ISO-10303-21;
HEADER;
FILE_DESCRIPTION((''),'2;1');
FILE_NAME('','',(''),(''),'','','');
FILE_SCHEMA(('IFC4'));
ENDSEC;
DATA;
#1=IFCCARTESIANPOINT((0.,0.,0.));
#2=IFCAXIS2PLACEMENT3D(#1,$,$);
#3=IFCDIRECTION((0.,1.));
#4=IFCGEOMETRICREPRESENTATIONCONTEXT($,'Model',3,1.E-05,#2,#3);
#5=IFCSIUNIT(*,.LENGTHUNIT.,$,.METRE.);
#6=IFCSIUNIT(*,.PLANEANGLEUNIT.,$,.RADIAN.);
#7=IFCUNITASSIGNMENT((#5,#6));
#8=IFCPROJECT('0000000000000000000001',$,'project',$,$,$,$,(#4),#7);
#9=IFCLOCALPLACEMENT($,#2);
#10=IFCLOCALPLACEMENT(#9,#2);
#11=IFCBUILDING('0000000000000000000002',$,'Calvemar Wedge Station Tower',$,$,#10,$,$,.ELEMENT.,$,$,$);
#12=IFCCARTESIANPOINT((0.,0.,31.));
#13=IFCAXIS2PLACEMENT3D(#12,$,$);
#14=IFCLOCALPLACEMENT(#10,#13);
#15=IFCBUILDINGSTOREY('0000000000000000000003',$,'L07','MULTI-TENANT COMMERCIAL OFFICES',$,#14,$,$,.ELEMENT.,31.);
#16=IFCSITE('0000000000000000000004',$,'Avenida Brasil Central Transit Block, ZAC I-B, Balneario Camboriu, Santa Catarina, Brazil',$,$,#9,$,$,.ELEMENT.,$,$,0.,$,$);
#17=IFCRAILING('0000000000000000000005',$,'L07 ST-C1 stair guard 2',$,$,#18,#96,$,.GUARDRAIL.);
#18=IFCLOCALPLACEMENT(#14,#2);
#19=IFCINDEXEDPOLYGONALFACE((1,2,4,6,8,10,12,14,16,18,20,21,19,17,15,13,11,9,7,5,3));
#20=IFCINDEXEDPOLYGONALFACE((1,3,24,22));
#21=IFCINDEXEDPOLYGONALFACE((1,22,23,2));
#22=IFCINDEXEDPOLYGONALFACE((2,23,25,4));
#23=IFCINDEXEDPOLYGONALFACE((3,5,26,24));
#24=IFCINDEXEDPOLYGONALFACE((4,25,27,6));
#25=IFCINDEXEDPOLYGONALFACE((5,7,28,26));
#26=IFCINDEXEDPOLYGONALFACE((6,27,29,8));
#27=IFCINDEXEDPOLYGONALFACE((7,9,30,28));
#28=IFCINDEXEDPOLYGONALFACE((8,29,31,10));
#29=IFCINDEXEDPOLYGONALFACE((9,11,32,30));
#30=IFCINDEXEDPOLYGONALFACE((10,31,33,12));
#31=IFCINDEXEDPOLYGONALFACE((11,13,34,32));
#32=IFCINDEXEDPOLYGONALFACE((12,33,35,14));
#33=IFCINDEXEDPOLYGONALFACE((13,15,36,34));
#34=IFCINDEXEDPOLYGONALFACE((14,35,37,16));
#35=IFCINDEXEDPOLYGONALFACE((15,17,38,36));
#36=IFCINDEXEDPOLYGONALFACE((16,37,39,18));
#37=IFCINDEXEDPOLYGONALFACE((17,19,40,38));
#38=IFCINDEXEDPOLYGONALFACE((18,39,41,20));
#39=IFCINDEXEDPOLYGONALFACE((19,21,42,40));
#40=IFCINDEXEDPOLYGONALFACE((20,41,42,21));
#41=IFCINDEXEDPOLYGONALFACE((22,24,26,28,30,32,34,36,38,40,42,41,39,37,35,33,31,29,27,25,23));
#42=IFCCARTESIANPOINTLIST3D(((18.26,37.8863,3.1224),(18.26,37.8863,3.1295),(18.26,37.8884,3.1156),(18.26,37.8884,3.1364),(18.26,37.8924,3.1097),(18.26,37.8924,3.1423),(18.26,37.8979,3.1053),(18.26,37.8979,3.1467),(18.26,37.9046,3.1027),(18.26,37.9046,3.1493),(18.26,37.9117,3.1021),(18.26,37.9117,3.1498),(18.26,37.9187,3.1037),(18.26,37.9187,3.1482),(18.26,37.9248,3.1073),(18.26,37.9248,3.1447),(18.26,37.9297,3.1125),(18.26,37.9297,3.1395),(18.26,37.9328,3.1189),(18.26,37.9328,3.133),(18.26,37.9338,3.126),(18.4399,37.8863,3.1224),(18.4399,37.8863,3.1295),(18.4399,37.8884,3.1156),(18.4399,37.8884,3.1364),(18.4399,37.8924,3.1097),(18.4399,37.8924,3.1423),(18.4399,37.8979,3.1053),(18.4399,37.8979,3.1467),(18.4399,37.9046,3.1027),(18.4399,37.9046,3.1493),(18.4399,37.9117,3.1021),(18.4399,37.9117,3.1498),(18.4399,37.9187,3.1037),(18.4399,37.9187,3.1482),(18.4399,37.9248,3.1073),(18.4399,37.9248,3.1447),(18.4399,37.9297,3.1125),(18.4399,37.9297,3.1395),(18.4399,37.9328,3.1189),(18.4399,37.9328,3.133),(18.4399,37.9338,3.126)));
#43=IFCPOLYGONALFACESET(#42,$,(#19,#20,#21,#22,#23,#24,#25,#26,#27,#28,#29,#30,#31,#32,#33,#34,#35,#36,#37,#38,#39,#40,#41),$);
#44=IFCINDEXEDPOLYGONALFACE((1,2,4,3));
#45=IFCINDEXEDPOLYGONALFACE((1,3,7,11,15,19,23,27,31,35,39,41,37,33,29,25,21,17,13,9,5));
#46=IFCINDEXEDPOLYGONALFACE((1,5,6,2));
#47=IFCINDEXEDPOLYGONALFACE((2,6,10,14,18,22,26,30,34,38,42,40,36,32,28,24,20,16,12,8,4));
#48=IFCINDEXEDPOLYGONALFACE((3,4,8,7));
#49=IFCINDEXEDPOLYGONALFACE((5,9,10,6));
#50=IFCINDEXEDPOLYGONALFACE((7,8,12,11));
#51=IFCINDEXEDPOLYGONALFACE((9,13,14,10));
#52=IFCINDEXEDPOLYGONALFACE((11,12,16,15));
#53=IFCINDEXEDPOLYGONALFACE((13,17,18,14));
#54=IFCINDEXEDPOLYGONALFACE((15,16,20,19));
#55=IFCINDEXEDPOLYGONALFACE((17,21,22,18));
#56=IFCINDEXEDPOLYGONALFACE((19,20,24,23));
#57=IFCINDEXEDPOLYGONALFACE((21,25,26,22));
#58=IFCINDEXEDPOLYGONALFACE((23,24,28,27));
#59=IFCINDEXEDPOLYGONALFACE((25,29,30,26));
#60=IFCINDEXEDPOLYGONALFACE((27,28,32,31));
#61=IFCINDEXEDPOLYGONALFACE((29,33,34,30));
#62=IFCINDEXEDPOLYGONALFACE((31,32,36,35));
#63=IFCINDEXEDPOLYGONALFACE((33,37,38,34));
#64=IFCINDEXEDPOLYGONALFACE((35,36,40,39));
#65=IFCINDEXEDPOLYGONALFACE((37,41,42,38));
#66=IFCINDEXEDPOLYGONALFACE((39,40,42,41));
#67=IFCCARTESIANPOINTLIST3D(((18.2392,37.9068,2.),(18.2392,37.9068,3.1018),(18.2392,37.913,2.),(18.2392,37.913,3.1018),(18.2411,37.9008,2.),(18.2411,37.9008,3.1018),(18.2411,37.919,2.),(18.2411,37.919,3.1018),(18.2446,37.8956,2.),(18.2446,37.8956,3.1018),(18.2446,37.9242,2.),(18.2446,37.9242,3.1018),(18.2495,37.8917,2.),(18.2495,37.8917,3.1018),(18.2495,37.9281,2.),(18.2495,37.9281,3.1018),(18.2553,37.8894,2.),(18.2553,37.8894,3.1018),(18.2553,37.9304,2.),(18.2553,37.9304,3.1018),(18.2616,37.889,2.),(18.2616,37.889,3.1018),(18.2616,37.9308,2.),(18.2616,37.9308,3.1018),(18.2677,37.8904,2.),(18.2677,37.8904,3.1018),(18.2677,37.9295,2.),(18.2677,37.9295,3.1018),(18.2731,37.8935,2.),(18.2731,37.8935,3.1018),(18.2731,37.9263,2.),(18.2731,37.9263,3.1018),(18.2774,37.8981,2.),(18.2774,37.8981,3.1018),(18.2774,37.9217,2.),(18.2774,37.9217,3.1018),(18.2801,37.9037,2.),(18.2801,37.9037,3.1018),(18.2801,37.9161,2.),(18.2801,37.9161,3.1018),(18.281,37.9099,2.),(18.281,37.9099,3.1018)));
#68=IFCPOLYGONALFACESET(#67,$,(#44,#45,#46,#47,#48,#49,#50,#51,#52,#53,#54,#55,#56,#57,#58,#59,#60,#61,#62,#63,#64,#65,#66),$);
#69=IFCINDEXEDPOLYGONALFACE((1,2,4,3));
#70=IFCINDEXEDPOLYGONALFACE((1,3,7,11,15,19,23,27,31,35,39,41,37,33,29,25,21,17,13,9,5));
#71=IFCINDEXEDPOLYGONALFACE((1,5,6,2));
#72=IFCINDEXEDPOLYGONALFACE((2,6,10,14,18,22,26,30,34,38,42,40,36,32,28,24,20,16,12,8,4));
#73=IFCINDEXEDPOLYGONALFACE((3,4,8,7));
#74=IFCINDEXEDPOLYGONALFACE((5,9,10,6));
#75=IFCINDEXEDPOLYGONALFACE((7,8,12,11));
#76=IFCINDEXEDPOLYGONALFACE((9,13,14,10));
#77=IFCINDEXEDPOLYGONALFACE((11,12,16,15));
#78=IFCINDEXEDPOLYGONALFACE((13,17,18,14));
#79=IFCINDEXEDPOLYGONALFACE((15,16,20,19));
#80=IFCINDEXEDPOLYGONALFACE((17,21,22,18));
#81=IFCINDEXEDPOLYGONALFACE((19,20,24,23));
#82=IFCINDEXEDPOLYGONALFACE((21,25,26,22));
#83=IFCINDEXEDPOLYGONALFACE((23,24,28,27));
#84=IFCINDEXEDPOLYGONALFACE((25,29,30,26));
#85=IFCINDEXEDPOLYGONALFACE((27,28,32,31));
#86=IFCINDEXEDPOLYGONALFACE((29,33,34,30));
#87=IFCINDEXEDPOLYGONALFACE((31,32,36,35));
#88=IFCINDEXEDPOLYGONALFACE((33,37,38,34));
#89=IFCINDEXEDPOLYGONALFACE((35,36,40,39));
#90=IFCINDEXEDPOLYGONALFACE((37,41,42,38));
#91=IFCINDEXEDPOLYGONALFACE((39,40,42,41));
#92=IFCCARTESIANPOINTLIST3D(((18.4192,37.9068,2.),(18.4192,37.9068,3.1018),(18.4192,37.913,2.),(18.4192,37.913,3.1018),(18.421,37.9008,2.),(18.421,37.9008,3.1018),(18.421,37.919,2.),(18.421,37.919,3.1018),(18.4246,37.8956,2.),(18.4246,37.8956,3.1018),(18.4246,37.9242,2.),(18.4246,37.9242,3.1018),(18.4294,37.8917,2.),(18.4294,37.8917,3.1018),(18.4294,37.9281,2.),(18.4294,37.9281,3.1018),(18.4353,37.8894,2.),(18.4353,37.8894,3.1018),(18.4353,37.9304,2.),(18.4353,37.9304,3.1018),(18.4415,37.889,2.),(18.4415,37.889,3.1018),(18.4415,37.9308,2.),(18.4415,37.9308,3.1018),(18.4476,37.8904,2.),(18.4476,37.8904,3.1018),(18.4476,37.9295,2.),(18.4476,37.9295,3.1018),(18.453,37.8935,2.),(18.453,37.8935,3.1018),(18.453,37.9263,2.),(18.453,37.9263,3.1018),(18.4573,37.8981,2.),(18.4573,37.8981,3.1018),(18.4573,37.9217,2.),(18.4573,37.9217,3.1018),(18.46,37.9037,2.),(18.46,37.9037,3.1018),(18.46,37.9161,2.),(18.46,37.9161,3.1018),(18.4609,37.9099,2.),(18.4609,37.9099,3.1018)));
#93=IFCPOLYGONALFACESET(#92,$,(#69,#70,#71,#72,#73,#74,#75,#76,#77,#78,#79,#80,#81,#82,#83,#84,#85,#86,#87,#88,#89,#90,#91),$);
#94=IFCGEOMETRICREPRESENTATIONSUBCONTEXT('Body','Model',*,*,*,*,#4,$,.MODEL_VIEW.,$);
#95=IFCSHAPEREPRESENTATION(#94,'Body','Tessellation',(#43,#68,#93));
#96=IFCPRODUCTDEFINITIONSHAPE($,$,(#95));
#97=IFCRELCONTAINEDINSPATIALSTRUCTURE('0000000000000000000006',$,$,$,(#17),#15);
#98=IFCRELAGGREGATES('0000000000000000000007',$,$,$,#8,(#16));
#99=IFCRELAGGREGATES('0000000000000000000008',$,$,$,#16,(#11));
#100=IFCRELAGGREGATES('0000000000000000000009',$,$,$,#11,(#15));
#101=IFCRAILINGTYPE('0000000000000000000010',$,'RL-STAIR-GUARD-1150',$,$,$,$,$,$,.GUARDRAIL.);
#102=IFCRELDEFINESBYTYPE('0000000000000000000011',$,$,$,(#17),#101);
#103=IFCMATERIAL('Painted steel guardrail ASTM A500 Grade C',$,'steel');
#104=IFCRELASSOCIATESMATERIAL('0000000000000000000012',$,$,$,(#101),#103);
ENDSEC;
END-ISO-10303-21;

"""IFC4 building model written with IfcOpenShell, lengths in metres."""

from ifc_helpers import new_model, si_unit, direction, frame, origin, origin_2d, place, context, subcontext, project, spatial, circle, extrude, material, type_object, element, save


model = new_model("IFC4")

# Units and contexts
model_context = context("Model", 3, precision=1e-05, world=origin(), true_north=direction((0.0, 1.0)))
body_context = subcontext(model_context, "Body", "Model", "MODEL_VIEW")
ifc_project = project(units=[si_unit("LENGTHUNIT", "METRE"), si_unit("PLANEANGLEUNIT", "RADIAN")], contexts=[model_context])

# Site, building, storey
site_placement = place(None, origin())
site = spatial("IfcSite", under=ifc_project, at=site_placement, Name="Avenida Brasil Central Transit Block, ZAC I-B, Balneario Camboriu, Santa Catarina, Brazil", CompositionType="ELEMENT", RefElevation=0.0)
building_placement = place(site_placement, origin())
building = spatial("IfcBuilding", under=site, at=building_placement, Name="Calvemar Wedge Station Tower", CompositionType="ELEMENT")
storey_placement = place(building_placement, frame((0.0, 0.0, 31.0)))
storey = spatial("IfcBuildingStorey", under=building, at=storey_placement, Name="L07", Description="MULTI-TENANT COMMERCIAL OFFICES", CompositionType="ELEMENT", Elevation=31.0)

# Railing
ifc_material_1 = material(Name="Painted steel guardrail ASTM A500 Grade C", Category="steel")
railing_type_1 = type_object("IfcRailingType", Name="RL-STAIR-GUARD-1150", PredefinedType="GUARDRAIL", material=ifc_material_1)
railing_1_placement = place(storey_placement, frame((18.26, 37.9099, 2.0)))
element("IfcRailing", 1, at=railing_1_placement, inside=storey, type_object=railing_type_1, Name="L07 ST-C1 stair guard 2", PredefinedType="GUARDRAIL", context=body_context, shape_type="SweptSolid", body=[
    extrude(circle(Radius=0.0239, at=origin_2d()), frame((0.0, 0.0, 1.126), z_axis=(1.0, 0.0, 0.0), x_axis=(0.0, 1.0, 0.0)), (0.0, 0.0, 1.0), 0.1799),
    extrude(circle(Radius=0.021, at=origin_2d()), origin(), (0.0, 0.0, 1.0), 1.1018),
    extrude(circle(Radius=0.021, at=origin_2d()), frame((0.1799, 0.0, 0.0)), (0.0, 0.0, 1.0), 1.1018),
])

save(model, "model.ifc")
